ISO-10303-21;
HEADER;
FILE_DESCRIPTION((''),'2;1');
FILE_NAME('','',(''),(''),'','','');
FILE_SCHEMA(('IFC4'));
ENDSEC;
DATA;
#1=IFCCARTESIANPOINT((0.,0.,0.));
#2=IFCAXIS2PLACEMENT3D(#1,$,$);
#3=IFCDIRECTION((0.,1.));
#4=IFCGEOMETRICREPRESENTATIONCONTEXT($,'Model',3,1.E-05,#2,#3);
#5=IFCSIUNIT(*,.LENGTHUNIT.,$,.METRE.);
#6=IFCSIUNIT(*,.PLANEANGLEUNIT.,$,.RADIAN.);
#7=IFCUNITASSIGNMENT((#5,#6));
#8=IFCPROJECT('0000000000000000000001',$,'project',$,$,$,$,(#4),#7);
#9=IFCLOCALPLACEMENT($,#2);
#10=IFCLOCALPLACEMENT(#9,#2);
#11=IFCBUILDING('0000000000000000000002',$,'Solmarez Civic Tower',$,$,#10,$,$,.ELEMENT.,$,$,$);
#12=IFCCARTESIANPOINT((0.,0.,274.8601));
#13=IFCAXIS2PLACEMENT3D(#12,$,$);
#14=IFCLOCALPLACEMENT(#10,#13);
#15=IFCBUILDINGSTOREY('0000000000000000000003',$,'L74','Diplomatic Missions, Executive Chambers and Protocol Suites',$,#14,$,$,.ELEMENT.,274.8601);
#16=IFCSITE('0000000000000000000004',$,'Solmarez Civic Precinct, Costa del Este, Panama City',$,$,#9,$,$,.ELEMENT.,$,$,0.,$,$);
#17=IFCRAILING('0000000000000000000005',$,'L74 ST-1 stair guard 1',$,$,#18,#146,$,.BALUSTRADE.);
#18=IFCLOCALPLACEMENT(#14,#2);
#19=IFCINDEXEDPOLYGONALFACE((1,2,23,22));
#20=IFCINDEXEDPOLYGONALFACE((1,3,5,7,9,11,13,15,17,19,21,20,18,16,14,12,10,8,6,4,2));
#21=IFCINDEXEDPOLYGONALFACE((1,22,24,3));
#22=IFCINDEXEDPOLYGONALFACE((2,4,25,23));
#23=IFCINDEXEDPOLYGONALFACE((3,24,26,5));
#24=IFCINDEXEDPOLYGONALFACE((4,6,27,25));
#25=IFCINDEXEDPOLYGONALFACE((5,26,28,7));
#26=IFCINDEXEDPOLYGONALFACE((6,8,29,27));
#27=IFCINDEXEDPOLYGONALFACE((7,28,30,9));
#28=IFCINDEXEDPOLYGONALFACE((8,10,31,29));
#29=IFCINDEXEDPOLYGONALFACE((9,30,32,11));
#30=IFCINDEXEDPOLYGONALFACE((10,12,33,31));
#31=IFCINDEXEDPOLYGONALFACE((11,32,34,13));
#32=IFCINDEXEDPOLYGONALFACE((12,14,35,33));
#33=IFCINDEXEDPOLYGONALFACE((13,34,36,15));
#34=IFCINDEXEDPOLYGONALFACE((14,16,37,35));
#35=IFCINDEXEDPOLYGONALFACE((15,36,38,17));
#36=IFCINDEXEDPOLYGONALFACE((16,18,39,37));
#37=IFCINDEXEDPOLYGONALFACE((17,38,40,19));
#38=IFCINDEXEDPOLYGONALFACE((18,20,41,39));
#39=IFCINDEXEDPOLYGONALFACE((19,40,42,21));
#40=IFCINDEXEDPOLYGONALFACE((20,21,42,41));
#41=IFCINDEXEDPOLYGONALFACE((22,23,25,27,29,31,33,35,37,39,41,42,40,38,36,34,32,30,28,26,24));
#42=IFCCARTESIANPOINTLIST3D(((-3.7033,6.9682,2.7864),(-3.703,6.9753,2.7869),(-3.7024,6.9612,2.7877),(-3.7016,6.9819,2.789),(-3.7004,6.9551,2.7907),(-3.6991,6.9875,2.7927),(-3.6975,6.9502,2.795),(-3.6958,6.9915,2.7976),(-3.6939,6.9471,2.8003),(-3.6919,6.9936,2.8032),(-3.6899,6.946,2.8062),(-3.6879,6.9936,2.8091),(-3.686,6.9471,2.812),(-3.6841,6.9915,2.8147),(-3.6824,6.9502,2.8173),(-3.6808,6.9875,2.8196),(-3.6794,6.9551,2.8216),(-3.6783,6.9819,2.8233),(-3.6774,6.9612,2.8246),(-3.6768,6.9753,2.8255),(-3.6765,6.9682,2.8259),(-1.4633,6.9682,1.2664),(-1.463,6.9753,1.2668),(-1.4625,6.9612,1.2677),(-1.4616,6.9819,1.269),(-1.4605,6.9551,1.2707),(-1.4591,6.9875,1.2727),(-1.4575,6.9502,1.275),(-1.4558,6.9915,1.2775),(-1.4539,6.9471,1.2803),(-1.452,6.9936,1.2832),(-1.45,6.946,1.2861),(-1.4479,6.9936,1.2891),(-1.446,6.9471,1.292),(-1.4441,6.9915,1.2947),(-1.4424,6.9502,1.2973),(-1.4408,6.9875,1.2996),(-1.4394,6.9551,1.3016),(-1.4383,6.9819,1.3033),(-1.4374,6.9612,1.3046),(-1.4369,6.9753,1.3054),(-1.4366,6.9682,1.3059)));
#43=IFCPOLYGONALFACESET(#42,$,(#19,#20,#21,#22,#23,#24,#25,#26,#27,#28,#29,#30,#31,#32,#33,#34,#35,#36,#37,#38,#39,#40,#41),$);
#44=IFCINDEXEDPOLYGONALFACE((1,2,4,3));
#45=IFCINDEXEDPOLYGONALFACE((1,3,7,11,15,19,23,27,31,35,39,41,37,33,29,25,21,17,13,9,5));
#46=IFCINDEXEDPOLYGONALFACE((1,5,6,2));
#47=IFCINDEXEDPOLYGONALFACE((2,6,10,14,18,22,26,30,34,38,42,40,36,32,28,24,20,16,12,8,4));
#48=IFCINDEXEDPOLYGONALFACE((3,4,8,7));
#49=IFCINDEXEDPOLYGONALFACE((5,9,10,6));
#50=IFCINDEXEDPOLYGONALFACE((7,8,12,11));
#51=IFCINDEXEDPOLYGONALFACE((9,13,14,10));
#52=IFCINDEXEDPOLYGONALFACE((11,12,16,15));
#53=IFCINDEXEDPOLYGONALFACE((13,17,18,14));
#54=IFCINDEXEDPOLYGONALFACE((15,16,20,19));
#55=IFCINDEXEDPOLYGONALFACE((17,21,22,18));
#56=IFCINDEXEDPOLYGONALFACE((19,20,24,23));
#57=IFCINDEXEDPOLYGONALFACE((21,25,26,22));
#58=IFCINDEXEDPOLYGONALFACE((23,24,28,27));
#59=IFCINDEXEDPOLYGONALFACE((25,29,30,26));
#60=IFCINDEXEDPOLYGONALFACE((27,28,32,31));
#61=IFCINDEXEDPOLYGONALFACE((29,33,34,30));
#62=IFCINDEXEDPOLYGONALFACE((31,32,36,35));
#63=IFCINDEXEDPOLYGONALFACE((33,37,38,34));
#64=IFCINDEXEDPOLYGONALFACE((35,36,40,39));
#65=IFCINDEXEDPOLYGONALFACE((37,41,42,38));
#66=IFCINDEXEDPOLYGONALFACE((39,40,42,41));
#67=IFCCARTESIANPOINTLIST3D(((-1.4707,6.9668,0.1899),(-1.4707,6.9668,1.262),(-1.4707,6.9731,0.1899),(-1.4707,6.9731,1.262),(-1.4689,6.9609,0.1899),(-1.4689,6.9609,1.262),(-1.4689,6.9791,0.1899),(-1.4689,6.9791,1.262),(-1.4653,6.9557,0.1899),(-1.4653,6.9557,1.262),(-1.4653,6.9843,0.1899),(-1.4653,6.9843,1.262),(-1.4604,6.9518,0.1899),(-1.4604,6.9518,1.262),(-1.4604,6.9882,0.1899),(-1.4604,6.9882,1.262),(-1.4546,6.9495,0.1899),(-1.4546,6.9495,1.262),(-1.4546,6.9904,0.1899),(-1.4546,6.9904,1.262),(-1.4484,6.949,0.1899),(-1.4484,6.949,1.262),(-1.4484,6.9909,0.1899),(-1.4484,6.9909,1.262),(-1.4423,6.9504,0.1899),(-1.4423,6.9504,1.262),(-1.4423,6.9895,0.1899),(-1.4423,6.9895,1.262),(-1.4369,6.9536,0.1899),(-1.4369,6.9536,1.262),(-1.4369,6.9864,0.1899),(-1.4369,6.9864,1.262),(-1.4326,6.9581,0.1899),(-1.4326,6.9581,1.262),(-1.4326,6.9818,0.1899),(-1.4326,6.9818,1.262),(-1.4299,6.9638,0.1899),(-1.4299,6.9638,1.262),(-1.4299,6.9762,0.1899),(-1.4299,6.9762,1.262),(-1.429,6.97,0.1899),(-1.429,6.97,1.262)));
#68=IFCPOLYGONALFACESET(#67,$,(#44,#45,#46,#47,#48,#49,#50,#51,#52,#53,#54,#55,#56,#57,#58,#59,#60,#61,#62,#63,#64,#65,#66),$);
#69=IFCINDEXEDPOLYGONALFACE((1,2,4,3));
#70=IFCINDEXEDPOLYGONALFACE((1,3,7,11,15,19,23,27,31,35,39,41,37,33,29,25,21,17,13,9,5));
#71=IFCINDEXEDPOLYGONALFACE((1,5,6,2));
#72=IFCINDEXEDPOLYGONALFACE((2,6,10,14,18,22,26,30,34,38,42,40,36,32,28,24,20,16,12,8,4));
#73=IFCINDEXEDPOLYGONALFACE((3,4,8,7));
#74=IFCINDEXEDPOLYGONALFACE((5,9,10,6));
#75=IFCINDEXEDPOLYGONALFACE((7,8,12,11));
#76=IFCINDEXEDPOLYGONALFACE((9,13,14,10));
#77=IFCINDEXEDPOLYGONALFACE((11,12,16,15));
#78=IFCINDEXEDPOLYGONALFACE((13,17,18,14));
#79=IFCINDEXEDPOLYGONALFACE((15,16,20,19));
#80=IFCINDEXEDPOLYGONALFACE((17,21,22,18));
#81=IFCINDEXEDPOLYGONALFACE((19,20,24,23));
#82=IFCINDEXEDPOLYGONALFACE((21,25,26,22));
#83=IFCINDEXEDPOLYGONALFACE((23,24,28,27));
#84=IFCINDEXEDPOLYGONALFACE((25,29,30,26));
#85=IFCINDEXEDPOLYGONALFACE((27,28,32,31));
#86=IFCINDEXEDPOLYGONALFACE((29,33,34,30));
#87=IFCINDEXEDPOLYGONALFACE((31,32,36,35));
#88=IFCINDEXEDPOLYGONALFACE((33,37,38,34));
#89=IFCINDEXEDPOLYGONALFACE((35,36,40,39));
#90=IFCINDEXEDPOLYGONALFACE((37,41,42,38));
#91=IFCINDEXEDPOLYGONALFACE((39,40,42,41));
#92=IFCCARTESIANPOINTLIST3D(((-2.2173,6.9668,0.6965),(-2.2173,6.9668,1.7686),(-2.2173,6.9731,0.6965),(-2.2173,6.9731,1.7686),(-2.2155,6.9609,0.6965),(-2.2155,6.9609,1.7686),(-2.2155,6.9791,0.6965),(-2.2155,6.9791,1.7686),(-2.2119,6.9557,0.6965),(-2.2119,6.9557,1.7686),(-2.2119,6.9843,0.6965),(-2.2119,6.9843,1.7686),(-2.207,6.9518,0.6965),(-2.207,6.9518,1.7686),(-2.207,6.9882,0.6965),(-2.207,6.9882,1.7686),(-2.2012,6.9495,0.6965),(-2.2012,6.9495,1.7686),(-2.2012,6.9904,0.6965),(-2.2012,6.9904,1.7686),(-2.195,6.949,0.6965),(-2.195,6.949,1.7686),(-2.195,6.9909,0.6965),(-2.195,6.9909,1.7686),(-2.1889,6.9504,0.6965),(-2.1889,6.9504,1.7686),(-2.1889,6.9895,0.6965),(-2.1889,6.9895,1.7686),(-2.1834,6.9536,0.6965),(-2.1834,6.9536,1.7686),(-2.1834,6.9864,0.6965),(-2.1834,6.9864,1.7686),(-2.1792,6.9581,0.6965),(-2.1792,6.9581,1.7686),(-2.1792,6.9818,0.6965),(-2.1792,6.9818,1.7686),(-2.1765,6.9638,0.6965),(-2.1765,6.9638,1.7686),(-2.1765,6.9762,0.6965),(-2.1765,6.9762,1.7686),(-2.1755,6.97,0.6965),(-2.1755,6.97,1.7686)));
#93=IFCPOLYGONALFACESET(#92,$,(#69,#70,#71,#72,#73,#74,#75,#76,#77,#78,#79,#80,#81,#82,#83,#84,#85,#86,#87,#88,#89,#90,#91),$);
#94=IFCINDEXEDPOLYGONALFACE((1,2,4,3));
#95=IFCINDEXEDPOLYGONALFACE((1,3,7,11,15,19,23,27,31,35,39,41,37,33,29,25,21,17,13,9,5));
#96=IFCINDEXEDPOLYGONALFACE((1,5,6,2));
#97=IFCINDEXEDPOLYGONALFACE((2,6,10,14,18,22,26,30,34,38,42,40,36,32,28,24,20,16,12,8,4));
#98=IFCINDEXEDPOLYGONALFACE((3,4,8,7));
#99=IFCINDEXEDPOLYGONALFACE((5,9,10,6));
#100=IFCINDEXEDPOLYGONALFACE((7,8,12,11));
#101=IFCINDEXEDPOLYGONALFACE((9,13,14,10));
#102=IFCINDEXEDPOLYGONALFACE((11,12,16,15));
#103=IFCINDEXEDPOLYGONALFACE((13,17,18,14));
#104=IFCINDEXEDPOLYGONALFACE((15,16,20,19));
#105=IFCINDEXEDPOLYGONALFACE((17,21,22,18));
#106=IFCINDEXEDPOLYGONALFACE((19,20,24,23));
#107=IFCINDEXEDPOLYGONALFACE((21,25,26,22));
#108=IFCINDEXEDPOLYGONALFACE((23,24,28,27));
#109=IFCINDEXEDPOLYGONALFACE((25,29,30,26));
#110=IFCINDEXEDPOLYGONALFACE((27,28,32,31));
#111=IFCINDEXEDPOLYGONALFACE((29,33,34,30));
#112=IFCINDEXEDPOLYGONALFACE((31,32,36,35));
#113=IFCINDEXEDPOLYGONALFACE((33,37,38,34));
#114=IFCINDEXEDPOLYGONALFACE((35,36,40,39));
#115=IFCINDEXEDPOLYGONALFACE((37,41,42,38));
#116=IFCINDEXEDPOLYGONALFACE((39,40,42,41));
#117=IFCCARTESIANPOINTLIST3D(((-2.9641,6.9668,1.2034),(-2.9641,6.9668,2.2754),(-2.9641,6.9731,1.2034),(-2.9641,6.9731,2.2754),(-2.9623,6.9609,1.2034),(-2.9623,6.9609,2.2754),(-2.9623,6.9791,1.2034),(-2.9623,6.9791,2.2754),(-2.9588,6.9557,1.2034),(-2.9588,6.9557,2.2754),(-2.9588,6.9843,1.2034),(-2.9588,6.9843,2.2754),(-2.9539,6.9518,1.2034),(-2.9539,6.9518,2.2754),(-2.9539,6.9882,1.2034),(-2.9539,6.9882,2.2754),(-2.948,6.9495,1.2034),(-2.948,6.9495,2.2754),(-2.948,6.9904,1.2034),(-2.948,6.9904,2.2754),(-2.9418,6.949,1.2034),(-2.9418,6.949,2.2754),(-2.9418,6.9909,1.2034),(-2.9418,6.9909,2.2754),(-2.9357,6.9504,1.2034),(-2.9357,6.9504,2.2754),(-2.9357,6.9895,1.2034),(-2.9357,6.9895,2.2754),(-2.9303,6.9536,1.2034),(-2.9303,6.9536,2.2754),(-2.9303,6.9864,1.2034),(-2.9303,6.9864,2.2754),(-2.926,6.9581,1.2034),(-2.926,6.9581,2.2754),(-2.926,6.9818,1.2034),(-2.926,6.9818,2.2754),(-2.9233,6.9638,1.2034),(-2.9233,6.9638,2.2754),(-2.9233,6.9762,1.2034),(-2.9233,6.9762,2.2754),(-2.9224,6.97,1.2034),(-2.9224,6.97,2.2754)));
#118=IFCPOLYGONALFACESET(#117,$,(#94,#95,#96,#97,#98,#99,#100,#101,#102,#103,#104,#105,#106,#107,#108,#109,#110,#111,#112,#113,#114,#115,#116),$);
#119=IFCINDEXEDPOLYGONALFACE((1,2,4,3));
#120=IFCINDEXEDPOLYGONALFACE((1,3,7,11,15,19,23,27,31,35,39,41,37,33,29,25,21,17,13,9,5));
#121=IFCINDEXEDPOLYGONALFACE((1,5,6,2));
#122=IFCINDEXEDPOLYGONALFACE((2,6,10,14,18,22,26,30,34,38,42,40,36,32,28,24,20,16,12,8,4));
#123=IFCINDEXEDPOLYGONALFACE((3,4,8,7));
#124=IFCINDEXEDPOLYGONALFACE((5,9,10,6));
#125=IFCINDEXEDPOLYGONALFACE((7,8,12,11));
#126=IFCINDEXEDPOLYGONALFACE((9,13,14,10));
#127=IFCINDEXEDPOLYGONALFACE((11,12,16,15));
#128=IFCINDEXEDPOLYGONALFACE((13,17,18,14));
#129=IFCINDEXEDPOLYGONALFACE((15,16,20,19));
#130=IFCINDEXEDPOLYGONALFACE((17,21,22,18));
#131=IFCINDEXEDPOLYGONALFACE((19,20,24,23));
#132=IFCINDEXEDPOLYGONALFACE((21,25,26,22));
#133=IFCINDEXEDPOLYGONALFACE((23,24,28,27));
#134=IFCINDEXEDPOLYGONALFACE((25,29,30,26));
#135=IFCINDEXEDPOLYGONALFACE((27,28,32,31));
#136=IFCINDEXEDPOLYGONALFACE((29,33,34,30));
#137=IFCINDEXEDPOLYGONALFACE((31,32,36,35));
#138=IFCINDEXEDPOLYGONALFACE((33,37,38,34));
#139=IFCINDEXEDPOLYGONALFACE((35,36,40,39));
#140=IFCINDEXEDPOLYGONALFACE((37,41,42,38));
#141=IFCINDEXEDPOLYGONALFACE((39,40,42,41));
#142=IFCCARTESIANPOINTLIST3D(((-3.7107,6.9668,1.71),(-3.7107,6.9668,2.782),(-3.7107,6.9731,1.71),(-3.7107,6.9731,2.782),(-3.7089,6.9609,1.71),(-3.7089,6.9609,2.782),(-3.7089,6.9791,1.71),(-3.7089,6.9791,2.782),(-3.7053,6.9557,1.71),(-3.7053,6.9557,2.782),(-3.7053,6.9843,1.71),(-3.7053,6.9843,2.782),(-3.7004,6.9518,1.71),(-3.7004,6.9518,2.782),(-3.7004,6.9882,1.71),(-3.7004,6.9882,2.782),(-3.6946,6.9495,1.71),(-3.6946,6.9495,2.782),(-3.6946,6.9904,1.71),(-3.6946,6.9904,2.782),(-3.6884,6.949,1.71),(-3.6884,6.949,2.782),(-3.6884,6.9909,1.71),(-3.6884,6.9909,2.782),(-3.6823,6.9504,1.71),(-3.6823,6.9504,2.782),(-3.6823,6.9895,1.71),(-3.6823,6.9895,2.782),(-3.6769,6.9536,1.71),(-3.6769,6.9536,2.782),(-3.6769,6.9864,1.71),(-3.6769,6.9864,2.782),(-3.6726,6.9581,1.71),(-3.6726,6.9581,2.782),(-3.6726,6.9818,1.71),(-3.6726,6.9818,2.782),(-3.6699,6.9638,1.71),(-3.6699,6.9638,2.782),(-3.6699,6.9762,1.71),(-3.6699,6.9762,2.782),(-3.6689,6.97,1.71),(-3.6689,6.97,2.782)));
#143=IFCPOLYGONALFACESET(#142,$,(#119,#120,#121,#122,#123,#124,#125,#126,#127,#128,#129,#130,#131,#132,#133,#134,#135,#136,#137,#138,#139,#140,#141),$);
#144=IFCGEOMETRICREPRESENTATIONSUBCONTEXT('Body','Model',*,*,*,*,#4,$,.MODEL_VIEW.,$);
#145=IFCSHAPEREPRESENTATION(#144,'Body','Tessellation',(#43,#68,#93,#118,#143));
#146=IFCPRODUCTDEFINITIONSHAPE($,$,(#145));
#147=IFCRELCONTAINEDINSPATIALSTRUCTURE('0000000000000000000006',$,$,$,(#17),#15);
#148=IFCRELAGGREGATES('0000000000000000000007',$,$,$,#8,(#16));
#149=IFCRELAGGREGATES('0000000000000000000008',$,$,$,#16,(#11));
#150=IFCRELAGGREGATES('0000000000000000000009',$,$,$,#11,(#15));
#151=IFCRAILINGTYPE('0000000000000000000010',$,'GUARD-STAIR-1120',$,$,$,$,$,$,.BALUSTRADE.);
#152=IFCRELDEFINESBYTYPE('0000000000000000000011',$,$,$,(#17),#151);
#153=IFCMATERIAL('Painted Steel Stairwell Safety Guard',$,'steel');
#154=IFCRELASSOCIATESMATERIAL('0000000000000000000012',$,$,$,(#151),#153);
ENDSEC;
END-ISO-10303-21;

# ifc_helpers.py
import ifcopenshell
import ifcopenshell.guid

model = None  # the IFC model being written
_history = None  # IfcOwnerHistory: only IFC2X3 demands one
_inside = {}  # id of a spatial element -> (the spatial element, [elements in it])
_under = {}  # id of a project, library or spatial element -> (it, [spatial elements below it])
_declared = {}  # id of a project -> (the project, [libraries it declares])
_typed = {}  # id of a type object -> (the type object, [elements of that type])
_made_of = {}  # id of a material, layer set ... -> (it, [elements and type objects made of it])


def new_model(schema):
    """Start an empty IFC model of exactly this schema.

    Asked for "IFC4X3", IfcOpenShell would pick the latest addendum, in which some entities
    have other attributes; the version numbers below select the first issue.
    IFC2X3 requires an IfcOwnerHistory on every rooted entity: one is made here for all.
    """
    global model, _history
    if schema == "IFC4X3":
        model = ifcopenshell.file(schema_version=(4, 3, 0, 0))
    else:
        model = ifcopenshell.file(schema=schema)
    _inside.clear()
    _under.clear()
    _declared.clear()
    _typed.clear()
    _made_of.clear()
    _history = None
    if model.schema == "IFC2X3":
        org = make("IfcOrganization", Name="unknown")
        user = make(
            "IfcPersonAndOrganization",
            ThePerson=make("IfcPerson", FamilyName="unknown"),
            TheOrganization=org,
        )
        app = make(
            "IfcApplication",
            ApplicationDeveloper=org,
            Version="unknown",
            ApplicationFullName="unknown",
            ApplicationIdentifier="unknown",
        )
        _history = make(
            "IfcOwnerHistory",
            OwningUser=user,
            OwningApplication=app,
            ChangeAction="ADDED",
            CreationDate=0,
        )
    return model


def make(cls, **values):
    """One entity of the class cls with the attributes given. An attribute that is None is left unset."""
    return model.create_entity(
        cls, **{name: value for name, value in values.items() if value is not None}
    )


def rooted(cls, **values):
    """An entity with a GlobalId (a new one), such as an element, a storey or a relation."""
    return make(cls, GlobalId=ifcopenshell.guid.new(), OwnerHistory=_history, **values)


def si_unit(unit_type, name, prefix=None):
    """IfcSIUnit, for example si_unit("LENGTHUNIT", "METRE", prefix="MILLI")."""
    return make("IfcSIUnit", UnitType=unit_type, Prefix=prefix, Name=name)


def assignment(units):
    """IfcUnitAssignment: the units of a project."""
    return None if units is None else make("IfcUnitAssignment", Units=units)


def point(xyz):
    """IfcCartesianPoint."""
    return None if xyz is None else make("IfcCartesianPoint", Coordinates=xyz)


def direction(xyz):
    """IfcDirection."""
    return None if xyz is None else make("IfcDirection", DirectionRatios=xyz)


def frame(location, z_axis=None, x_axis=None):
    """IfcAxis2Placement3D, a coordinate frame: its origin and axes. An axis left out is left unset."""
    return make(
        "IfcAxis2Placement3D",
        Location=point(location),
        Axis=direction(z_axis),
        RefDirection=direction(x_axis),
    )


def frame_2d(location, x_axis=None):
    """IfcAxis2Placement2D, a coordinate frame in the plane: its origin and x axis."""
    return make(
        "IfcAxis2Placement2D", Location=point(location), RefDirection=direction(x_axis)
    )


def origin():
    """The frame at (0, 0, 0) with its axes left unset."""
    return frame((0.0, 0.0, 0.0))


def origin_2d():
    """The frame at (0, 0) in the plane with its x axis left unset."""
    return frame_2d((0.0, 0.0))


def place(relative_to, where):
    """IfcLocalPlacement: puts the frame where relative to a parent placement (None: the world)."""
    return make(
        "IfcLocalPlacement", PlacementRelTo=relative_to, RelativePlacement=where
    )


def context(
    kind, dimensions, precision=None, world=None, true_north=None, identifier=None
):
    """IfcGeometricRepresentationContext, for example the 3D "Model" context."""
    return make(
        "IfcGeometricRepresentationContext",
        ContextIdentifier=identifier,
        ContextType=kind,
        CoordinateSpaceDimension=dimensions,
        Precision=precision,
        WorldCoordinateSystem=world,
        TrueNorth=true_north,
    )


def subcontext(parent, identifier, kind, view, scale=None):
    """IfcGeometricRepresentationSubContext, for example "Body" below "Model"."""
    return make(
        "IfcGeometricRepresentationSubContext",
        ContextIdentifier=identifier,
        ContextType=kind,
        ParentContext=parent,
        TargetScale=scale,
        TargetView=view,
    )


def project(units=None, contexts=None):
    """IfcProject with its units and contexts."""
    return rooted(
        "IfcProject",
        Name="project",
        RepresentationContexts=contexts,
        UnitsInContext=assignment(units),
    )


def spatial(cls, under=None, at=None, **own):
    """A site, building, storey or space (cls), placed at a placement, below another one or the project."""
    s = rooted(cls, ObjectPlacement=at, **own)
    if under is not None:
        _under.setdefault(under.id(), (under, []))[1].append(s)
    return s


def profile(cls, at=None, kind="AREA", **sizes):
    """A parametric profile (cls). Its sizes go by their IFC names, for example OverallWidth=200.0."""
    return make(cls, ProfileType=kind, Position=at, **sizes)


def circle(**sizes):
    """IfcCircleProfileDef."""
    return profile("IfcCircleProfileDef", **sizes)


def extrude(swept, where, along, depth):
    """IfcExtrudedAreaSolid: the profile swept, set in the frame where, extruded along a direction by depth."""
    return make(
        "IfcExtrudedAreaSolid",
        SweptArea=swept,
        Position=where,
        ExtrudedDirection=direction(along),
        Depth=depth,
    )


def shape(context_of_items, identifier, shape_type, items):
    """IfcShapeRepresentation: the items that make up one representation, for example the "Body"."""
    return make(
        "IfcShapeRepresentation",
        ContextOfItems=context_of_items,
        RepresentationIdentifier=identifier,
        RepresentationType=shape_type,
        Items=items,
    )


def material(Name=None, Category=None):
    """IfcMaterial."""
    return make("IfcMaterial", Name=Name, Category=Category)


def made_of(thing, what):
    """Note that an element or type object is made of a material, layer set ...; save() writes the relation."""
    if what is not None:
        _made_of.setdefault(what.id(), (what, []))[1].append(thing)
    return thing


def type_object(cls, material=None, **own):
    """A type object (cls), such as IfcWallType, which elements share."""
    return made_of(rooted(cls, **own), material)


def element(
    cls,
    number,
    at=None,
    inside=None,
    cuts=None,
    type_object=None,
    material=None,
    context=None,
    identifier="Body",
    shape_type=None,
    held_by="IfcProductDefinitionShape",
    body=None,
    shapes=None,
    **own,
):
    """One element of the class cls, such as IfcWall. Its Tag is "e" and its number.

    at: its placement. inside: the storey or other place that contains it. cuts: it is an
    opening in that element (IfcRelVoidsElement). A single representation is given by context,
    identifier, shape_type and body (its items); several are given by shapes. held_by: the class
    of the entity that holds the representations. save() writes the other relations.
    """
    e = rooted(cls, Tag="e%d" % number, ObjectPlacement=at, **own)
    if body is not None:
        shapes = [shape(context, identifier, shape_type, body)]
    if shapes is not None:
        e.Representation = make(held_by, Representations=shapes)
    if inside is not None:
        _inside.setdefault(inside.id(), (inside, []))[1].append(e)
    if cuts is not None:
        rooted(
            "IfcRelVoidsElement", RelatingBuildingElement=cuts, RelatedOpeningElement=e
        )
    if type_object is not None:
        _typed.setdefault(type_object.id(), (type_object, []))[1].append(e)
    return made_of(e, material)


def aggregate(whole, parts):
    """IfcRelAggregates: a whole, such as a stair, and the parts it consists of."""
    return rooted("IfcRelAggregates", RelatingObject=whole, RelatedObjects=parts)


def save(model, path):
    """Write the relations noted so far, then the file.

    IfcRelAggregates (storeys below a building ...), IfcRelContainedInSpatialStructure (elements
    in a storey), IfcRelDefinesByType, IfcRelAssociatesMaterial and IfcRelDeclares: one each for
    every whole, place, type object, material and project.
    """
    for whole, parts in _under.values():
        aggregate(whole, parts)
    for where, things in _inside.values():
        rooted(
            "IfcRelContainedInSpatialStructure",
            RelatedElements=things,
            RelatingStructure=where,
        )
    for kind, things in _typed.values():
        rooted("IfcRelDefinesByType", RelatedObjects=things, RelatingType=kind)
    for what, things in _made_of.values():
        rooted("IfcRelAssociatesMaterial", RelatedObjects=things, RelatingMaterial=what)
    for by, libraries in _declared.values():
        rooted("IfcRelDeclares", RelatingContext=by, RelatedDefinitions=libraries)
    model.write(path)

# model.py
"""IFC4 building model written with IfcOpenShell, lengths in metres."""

from ifc_helpers import new_model, si_unit, direction, frame, origin, origin_2d, place, context, subcontext, project, spatial, circle, extrude, material, type_object, element, save


model = new_model("IFC4")

# Units and contexts
model_context = context("Model", 3, precision=1e-05, world=origin(), true_north=direction((0.0, 1.0)))
body_context = subcontext(model_context, "Body", "Model", "MODEL_VIEW")
ifc_project = project(units=[si_unit("LENGTHUNIT", "METRE"), si_unit("PLANEANGLEUNIT", "RADIAN")], contexts=[model_context])

# Site, building, storey
site_placement = place(None, origin())
site = spatial("IfcSite", under=ifc_project, at=site_placement, Name="Solmarez Civic Precinct, Costa del Este, Panama City", CompositionType="ELEMENT", RefElevation=0.0)
building_placement = place(site_placement, origin())
building = spatial("IfcBuilding", under=site, at=building_placement, Name="Solmarez Civic Tower", CompositionType="ELEMENT")
storey_placement = place(building_placement, frame((0.0, 0.0, 274.8601)))
storey = spatial("IfcBuildingStorey", under=building, at=storey_placement, Name="L74", Description="Diplomatic Missions, Executive Chambers and Protocol Suites", CompositionType="ELEMENT", Elevation=274.8601)

# Railing
ifc_material_1 = material(Name="Painted Steel Stairwell Safety Guard", Category="steel")
railing_type_1 = type_object("IfcRailingType", Name="GUARD-STAIR-1120", PredefinedType="BALUSTRADE", material=ifc_material_1)
railing_1_placement = place(storey_placement, frame((-1.45, 6.97, 0.1899)))
element("IfcRailing", 1, at=railing_1_placement, inside=storey, type_object=railing_type_1, Name="L74 ST-1 stair guard 1", PredefinedType="BALUSTRADE", context=body_context, shape_type="SweptSolid", body=[
    extrude(circle(Radius=0.0239, at=origin_2d()), frame((0.0, 0.0, 1.0962), z_axis=(-0.827471, 0.0, 0.561508), x_axis=(0.0, -1.0, 0.0)), (0.0, 0.0, 1.0), 2.707),
    extrude(circle(Radius=0.021, at=origin_2d()), origin(), (0.0, 0.0, 1.0), 1.072),
    extrude(circle(Radius=0.021, at=origin_2d()), frame((-0.7466, 0.0, 0.5066)), (0.0, 0.0, 1.0), 1.072),
    extrude(circle(Radius=0.021, at=origin_2d()), frame((-1.4934, 0.0, 1.0134)), (0.0, 0.0, 1.0), 1.072),
    extrude(circle(Radius=0.021, at=origin_2d()), frame((-2.24, 0.0, 1.52)), (0.0, 0.0, 1.0), 1.072),
])

save(model, "model.ifc")
